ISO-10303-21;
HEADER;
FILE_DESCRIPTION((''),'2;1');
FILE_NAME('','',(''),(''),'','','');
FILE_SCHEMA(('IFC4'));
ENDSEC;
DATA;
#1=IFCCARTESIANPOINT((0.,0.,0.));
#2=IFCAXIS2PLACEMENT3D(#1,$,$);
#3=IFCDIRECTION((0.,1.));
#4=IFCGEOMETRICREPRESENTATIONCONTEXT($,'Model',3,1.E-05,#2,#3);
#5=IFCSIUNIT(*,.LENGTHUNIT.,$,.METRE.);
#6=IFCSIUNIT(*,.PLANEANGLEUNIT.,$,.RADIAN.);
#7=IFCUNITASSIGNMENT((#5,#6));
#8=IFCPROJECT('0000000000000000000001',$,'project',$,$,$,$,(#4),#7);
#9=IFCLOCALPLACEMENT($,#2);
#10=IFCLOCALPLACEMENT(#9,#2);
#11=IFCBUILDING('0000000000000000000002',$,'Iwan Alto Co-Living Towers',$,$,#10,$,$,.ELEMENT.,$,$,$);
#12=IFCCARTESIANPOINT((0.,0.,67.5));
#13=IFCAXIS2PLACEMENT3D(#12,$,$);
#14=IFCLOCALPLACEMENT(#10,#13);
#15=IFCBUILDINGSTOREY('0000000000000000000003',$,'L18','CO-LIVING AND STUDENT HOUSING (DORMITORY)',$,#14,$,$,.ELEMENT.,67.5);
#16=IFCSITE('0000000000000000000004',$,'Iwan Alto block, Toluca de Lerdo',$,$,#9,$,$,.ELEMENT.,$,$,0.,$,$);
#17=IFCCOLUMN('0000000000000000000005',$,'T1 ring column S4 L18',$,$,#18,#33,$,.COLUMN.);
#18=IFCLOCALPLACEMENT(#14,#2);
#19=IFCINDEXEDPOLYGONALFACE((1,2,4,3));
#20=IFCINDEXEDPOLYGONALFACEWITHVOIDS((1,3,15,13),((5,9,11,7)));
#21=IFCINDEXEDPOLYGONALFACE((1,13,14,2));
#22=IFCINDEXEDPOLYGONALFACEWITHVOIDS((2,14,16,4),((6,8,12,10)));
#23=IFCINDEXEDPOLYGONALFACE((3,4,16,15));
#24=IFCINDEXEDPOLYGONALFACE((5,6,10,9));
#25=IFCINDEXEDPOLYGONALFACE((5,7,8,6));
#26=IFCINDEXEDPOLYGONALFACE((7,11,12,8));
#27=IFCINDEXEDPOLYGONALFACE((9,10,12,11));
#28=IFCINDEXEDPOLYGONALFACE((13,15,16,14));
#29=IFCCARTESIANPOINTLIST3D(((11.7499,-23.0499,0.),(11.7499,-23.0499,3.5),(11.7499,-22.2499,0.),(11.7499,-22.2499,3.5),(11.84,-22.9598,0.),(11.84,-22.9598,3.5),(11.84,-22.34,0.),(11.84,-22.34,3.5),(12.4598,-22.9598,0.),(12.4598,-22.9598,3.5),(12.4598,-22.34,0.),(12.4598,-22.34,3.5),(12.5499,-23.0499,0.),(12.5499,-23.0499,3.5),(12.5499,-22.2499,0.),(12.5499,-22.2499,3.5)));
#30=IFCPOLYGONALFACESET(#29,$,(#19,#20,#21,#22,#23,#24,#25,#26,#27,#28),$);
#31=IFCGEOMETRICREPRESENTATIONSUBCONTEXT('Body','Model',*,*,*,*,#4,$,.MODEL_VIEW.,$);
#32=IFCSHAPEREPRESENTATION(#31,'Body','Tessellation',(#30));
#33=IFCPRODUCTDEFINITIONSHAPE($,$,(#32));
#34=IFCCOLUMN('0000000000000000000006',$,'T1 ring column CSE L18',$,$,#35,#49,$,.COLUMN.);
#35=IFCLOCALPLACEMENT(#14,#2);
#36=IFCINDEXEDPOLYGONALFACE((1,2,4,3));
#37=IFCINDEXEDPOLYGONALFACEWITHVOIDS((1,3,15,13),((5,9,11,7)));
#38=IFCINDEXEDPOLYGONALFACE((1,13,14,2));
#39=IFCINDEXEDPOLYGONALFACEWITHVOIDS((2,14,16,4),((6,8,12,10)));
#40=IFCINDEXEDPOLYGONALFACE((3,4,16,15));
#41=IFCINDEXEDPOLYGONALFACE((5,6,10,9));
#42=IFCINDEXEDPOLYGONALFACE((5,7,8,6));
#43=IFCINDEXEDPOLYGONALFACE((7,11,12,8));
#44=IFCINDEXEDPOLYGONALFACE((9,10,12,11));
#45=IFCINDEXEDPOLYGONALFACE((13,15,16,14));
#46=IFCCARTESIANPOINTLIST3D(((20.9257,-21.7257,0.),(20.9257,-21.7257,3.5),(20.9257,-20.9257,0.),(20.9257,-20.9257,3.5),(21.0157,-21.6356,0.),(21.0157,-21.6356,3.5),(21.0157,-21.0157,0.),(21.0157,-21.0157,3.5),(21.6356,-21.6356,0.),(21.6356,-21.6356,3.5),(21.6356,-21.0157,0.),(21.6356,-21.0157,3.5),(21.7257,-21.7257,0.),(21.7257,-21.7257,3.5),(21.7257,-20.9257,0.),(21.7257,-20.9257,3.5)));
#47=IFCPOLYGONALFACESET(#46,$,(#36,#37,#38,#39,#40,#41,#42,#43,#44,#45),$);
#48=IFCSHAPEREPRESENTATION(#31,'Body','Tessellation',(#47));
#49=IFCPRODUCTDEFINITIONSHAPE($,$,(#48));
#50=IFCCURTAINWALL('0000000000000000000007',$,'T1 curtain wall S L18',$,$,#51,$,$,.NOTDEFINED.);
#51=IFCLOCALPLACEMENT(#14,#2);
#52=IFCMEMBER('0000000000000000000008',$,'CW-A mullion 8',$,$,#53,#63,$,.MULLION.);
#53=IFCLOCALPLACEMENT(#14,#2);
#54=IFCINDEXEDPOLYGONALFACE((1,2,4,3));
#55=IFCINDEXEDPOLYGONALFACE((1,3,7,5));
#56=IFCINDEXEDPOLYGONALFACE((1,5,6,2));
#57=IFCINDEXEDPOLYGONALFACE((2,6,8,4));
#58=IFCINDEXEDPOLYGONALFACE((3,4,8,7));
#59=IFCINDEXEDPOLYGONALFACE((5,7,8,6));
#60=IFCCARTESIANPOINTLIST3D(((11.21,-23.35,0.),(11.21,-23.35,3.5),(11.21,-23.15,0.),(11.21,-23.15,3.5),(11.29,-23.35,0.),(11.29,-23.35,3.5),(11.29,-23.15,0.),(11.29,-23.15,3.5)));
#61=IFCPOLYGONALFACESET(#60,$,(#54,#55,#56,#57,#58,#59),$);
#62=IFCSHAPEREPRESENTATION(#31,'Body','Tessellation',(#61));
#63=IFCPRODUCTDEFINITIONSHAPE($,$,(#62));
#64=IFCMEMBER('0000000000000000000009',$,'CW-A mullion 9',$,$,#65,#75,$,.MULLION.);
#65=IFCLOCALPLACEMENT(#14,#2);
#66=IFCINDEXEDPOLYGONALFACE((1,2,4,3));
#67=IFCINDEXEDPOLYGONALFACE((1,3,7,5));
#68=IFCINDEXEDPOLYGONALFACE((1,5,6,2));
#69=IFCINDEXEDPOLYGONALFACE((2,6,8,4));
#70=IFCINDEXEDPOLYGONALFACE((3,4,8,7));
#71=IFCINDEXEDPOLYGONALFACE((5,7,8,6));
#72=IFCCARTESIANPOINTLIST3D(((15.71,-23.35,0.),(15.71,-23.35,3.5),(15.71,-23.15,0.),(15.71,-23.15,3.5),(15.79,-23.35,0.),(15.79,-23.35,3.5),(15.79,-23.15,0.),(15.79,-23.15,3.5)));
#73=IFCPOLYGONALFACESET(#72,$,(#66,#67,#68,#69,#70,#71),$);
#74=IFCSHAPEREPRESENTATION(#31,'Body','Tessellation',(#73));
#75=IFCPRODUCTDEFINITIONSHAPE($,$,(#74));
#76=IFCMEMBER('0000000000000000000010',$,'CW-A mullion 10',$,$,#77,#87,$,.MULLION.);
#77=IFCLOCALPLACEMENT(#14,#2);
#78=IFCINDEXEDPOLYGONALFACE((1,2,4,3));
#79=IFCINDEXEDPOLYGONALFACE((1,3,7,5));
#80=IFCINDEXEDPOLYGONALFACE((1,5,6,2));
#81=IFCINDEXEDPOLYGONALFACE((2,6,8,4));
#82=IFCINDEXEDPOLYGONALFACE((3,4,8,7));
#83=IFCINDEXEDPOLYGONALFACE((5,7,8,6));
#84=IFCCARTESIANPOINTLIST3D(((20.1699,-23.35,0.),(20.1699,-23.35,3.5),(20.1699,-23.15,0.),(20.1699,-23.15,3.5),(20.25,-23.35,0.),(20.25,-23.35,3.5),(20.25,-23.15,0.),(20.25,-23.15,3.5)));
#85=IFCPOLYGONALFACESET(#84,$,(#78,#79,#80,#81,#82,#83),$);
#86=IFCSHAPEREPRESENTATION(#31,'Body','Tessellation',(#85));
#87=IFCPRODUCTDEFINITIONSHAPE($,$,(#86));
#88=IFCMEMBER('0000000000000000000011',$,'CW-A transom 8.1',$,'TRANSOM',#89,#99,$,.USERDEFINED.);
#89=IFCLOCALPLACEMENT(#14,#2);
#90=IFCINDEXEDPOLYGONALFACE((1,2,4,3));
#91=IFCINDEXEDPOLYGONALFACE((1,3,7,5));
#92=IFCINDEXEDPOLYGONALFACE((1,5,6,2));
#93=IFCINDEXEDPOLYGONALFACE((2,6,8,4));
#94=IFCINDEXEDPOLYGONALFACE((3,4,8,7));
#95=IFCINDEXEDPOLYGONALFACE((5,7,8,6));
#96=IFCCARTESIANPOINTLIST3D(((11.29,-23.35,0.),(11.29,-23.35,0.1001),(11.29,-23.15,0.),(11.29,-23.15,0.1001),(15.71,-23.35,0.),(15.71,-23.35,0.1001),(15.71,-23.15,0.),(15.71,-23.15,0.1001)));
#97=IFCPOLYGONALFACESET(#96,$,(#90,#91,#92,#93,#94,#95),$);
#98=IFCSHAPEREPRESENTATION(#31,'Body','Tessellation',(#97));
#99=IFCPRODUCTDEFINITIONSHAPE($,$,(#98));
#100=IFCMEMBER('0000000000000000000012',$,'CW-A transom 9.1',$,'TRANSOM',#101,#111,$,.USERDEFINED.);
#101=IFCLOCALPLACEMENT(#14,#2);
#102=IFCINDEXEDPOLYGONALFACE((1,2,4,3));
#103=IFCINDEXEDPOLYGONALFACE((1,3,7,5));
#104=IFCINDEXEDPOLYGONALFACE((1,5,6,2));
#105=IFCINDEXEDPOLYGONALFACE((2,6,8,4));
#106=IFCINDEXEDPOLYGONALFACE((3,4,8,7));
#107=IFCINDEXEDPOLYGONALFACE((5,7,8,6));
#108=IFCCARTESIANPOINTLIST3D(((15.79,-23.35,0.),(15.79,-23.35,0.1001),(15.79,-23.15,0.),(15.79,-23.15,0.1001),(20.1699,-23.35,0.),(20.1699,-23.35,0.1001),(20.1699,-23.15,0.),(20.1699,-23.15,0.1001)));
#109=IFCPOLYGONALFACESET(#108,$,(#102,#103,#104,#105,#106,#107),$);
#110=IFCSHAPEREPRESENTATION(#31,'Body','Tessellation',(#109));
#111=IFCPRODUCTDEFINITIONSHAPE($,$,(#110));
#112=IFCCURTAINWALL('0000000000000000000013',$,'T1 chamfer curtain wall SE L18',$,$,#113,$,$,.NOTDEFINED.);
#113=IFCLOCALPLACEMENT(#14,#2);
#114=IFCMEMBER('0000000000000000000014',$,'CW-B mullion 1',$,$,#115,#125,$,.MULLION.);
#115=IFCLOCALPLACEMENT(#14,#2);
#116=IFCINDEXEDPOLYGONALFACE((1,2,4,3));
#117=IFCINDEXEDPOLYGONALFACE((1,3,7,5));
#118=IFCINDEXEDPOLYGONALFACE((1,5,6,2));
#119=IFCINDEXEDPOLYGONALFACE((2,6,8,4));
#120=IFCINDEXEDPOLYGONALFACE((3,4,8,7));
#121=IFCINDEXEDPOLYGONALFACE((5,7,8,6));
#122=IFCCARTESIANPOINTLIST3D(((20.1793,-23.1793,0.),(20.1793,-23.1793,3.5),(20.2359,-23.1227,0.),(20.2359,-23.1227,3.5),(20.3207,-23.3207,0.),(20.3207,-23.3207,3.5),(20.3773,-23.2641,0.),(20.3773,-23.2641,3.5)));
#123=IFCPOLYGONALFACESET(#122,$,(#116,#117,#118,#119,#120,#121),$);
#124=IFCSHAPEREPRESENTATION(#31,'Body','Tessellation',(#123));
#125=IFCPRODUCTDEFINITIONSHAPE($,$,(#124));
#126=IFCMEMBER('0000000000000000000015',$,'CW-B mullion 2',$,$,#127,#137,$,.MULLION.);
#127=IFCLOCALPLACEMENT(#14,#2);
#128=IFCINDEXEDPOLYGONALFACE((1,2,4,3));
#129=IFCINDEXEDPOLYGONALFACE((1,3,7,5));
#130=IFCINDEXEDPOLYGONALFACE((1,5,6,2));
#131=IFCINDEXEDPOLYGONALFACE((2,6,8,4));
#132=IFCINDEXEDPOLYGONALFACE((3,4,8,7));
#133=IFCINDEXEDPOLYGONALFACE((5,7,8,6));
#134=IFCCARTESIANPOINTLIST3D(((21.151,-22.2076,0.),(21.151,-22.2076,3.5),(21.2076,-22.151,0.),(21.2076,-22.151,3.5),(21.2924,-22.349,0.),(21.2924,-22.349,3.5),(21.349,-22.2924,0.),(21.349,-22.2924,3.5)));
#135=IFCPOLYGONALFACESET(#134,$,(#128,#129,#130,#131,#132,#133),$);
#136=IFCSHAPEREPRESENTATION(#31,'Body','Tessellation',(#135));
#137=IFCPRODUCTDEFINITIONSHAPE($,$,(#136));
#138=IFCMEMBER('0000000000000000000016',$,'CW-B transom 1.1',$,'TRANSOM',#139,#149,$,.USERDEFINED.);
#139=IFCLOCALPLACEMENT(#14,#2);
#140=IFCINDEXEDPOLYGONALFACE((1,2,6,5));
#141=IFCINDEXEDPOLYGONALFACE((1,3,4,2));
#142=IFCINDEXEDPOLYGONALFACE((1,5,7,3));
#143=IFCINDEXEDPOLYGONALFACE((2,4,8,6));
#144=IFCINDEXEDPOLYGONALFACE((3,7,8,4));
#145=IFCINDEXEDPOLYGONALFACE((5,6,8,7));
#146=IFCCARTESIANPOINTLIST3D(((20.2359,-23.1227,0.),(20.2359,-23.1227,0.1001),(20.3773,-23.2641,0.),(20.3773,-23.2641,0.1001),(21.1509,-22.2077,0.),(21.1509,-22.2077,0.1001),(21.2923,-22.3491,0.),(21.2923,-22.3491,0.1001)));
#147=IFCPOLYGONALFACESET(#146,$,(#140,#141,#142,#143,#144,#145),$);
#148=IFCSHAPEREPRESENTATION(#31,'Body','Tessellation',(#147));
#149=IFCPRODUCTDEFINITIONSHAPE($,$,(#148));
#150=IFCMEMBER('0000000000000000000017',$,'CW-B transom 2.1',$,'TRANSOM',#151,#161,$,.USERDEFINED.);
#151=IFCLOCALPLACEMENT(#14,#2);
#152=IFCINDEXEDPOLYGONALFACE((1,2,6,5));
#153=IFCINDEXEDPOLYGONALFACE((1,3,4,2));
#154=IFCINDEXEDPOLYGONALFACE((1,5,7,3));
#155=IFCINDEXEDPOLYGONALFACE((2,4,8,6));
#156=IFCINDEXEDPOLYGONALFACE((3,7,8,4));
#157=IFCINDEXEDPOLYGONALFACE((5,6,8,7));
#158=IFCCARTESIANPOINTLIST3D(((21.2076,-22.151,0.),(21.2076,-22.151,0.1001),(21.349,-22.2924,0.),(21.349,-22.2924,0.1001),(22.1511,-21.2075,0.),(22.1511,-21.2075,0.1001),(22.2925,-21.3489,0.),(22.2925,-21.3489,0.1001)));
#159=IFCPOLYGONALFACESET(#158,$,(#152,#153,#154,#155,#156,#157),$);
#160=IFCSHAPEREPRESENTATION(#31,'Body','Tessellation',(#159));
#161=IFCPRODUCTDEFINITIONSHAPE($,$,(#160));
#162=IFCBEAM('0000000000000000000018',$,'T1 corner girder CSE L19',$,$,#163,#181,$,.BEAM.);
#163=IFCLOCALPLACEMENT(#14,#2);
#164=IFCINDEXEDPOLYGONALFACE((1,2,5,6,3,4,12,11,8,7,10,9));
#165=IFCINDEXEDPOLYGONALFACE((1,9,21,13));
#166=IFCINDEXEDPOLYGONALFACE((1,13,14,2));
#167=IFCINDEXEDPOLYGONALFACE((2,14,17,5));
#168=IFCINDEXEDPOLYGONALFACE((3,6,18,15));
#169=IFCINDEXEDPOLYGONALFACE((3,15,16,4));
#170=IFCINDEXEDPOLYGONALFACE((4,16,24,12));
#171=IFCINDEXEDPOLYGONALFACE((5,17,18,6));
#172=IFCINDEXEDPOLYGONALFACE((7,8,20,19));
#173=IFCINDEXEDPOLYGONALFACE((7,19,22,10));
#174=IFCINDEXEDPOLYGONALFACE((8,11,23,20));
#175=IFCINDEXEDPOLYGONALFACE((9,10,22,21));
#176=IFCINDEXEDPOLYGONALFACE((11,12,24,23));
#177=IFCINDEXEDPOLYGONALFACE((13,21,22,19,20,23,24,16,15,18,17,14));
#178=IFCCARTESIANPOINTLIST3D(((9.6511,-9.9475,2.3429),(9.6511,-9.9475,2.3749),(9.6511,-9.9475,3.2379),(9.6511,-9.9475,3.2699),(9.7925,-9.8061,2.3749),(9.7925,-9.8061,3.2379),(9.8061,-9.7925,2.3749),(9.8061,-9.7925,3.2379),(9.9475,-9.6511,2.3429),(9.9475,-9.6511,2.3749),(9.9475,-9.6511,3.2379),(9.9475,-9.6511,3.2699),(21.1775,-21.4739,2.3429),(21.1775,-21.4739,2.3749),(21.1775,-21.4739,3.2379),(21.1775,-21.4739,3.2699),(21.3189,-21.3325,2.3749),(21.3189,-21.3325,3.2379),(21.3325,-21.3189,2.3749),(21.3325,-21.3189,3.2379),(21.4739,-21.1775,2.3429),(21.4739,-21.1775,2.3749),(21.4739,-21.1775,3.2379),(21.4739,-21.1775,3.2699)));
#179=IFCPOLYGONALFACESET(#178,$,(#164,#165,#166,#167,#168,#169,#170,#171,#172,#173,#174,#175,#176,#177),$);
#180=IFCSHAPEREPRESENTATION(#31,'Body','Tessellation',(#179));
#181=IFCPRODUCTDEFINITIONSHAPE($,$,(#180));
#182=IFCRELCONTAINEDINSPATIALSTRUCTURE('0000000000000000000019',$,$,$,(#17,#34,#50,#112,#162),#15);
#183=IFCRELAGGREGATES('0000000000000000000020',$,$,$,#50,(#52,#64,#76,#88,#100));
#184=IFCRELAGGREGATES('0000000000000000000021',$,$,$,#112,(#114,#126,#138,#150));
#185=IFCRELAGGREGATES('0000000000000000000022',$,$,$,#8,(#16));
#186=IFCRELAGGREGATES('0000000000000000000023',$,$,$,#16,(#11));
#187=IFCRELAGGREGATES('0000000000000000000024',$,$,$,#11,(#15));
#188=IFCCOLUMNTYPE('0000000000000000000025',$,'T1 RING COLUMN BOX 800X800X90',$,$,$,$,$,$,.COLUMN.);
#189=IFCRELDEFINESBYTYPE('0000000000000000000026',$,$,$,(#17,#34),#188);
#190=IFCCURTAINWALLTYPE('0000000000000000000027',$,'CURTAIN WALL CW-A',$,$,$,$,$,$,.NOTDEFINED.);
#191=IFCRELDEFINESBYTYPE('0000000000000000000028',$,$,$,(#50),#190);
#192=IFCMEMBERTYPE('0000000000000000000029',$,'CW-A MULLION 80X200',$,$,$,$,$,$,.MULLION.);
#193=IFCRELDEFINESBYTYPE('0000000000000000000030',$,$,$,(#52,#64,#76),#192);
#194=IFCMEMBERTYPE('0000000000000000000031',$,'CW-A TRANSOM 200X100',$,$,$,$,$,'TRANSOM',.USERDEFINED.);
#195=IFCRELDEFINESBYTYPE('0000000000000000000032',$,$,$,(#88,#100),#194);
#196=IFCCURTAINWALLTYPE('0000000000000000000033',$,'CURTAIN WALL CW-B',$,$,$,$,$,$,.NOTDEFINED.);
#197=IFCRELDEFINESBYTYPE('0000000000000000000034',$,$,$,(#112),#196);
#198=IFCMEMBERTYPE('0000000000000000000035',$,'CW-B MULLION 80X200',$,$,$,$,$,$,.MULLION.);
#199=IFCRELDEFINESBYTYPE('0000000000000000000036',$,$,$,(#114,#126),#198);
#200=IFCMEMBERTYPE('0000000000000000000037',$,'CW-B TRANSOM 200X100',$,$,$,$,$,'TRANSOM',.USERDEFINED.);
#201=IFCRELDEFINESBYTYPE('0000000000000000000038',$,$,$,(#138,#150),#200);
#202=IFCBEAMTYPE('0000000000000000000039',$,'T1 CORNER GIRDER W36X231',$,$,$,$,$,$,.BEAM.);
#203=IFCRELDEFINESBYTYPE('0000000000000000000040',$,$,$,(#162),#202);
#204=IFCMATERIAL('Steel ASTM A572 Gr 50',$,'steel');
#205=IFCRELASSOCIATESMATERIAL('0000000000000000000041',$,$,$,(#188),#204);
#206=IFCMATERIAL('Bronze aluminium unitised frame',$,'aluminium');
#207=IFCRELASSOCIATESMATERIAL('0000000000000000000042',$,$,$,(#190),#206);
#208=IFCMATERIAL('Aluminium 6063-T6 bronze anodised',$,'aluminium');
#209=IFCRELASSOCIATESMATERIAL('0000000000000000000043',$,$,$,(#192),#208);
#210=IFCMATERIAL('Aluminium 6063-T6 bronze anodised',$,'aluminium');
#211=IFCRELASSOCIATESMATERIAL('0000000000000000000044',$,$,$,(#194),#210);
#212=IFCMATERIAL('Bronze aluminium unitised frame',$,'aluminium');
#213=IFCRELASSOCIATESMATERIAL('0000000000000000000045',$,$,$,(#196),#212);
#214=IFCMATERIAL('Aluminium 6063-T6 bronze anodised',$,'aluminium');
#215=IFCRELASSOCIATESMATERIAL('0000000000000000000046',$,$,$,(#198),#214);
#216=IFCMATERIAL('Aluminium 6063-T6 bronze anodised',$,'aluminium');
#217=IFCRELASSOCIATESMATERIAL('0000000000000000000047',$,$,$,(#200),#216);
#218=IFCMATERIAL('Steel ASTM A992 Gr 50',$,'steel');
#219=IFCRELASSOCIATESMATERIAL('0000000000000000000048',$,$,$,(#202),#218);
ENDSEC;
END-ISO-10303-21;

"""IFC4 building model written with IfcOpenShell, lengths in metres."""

from ifc_helpers import new_model, si_unit, direction, frame, origin, origin_2d, place, context, subcontext, project, spatial, rectangle, hollow_rectangle, i_section, extrude, material, material_profile, profile_set, type_object, element, aggregate, save


model = new_model("IFC4")

# Units and contexts
model_context = context("Model", 3, precision=1e-05, world=origin(), true_north=direction((0.0, 1.0)))
body_context = subcontext(model_context, "Body", "Model", "MODEL_VIEW")
ifc_project = project(units=[si_unit("LENGTHUNIT", "METRE"), si_unit("PLANEANGLEUNIT", "RADIAN")], contexts=[model_context])

# Site, building, storey
site_placement = place(None, origin())
site = spatial("IfcSite", under=ifc_project, at=site_placement, Name="Iwan Alto block, Toluca de Lerdo", CompositionType="ELEMENT", RefElevation=0.0)
building_placement = place(site_placement, origin())
building = spatial("IfcBuilding", under=site, at=building_placement, Name="Iwan Alto Co-Living Towers", CompositionType="ELEMENT")
storey_placement = place(building_placement, frame((0.0, 0.0, 67.5)))
storey = spatial("IfcBuildingStorey", under=building, at=storey_placement, Name="L18", Description="CO-LIVING AND STUDENT HOUSING (DORMITORY)", CompositionType="ELEMENT", Elevation=67.5)

# Columns
ifc_material_1 = material(Name="Steel ASTM A572 Gr 50", Category="steel")
ifc_material_profile_1 = material_profile(ifc_material_1, hollow_rectangle(XDim=0.8, YDim=0.8, WallThickness=0.0901, at=origin_2d()), Name="BOX 800X800X90")
ifc_profile_set_1 = profile_set([ifc_material_profile_1], Name="Steel ASTM A572 Gr 50")
column_type = type_object("IfcColumnType", Name="T1 RING COLUMN BOX 800X800X90", PredefinedType="COLUMN", material=ifc_profile_set_1)
for number, where, z_axis, x_axis, name in (
    (1, (12.1499, -22.6499, 0.0), (0.0, 0.0, 1.0), (1.0, 0.0, 0.0), "T1 ring column S4 L18"),
    (2, (21.3257, -21.3257, 0.0), (0.0, 0.0, 1.0), (1.0, 0.0, 0.0), "T1 ring column CSE L18"),
):
    element("IfcColumn", number, at=place(storey_placement, frame(where, z_axis=z_axis, x_axis=x_axis)), inside=storey, type_object=column_type, Name=name, PredefinedType="COLUMN", context=body_context, shape_type="SweptSolid", body=[
        extrude(hollow_rectangle(XDim=0.8, YDim=0.8, WallThickness=0.0901, at=origin_2d()), origin(), (0.0, 0.0, 1.0), 3.5),
    ])

# Curtain walls, members
ifc_material_2 = material(Name="Bronze aluminium unitised frame", Category="aluminium")
curtain_wall_type_1 = type_object("IfcCurtainWallType", Name="CURTAIN WALL CW-A", PredefinedType="NOTDEFINED", material=ifc_material_2)
curtain_wall_1_placement = place(storey_placement, origin())
curtain_wall_1 = element("IfcCurtainWall", 3, at=curtain_wall_1_placement, inside=storey, type_object=curtain_wall_type_1, Name="T1 curtain wall S L18", PredefinedType="NOTDEFINED")
ifc_material_3 = material(Name="Aluminium 6063-T6 bronze anodised", Category="aluminium")
ifc_material_profile_2 = material_profile(ifc_material_3, rectangle(XDim=0.2, YDim=0.0801, at=origin_2d()), Name="AL 80X200")
ifc_profile_set_2 = profile_set([ifc_material_profile_2], Name="Aluminium 6063-T6 bronze anodised")
member_type_1 = type_object("IfcMemberType", Name="CW-A MULLION 80X200", PredefinedType="MULLION", material=ifc_profile_set_2)
member_1_placement = place(storey_placement, frame((11.25, -23.25, 0.0), z_axis=(0.0, 0.0, 1.0), x_axis=(0.0, 1.0, 0.0)))
member_1 = element("IfcMember", 4, at=member_1_placement, type_object=member_type_1, Name="CW-A mullion 8", PredefinedType="MULLION", context=body_context, shape_type="SweptSolid", body=[
    extrude(rectangle(XDim=0.2, YDim=0.0801, at=origin_2d()), origin(), (0.0, 0.0, 1.0), 3.5),
])
member_2_placement = place(storey_placement, frame((15.75, -23.25, 0.0), z_axis=(0.0, 0.0, 1.0), x_axis=(0.0, 1.0, 0.0)))
member_2 = element("IfcMember", 5, at=member_2_placement, type_object=member_type_1, Name="CW-A mullion 9", PredefinedType="MULLION", context=body_context, shape_type="SweptSolid", body=[
    extrude(rectangle(XDim=0.2, YDim=0.0801, at=origin_2d()), origin(), (0.0, 0.0, 1.0), 3.5),
])
member_3_placement = place(storey_placement, frame((20.21, -23.25, 0.0), z_axis=(0.0, 0.0, 1.0), x_axis=(0.0, 1.0, 0.0)))
member_3 = element("IfcMember", 6, at=member_3_placement, type_object=member_type_1, Name="CW-A mullion 10", PredefinedType="MULLION", context=body_context, shape_type="SweptSolid", body=[
    extrude(rectangle(XDim=0.2, YDim=0.0801, at=origin_2d()), origin(), (0.0, 0.0, 1.0), 3.5),
])
ifc_material_4 = material(Name="Aluminium 6063-T6 bronze anodised", Category="aluminium")
ifc_material_profile_3 = material_profile(ifc_material_4, rectangle(XDim=0.2, YDim=0.1001, at=origin_2d()), Name="AL 200X100")
ifc_profile_set_3 = profile_set([ifc_material_profile_3], Name="Aluminium 6063-T6 bronze anodised")
member_type_2 = type_object("IfcMemberType", Name="CW-A TRANSOM 200X100", ElementType="TRANSOM", PredefinedType="USERDEFINED", material=ifc_profile_set_3)
member_4_placement = place(storey_placement, frame((11.29, -23.25, 0.05), z_axis=(1.0, 0.0, 0.0), x_axis=(0.0, 1.0, 0.0)))
member_4 = element("IfcMember", 7, at=member_4_placement, type_object=member_type_2, Name="CW-A transom 8.1", ObjectType="TRANSOM", PredefinedType="USERDEFINED", context=body_context, shape_type="SweptSolid", body=[
    extrude(rectangle(XDim=0.2, YDim=0.1001, at=origin_2d()), origin(), (0.0, 0.0, 1.0), 4.4199),
])
member_5_placement = place(storey_placement, frame((15.79, -23.25, 0.05), z_axis=(1.0, 0.0, 0.0), x_axis=(0.0, 1.0, 0.0)))
member_5 = element("IfcMember", 8, at=member_5_placement, type_object=member_type_2, Name="CW-A transom 9.1", ObjectType="TRANSOM", PredefinedType="USERDEFINED", context=body_context, shape_type="SweptSolid", body=[
    extrude(rectangle(XDim=0.2, YDim=0.1001, at=origin_2d()), origin(), (0.0, 0.0, 1.0), 4.3799),
])
ifc_material_5 = material(Name="Bronze aluminium unitised frame", Category="aluminium")
curtain_wall_type_2 = type_object("IfcCurtainWallType", Name="CURTAIN WALL CW-B", PredefinedType="NOTDEFINED", material=ifc_material_5)
curtain_wall_2_placement = place(storey_placement, origin())
curtain_wall_2 = element("IfcCurtainWall", 9, at=curtain_wall_2_placement, inside=storey, type_object=curtain_wall_type_2, Name="T1 chamfer curtain wall SE L18", PredefinedType="NOTDEFINED")
ifc_material_6 = material(Name="Aluminium 6063-T6 bronze anodised", Category="aluminium")
ifc_material_profile_4 = material_profile(ifc_material_6, rectangle(XDim=0.2, YDim=0.0801, at=origin_2d()), Name="AL 80X200")
ifc_profile_set_4 = profile_set([ifc_material_profile_4], Name="Aluminium 6063-T6 bronze anodised")
member_type_3 = type_object("IfcMemberType", Name="CW-B MULLION 80X200", PredefinedType="MULLION", material=ifc_profile_set_4)
member_6_placement = place(storey_placement, frame((20.2783, -23.2217, 0.0), z_axis=(0.0, 0.0, 1.0), x_axis=(-0.707107, 0.707107, 0.0)))
member_6 = element("IfcMember", 10, at=member_6_placement, type_object=member_type_3, Name="CW-B mullion 1", PredefinedType="MULLION", context=body_context, shape_type="SweptSolid", body=[
    extrude(rectangle(XDim=0.2, YDim=0.0801, at=origin_2d()), origin(), (0.0, 0.0, 1.0), 3.5),
])
member_7_placement = place(storey_placement, frame((21.25, -22.25, 0.0), z_axis=(0.0, 0.0, 1.0), x_axis=(-0.707107, 0.707107, 0.0)))
member_7 = element("IfcMember", 11, at=member_7_placement, type_object=member_type_3, Name="CW-B mullion 2", PredefinedType="MULLION", context=body_context, shape_type="SweptSolid", body=[
    extrude(rectangle(XDim=0.2, YDim=0.0801, at=origin_2d()), origin(), (0.0, 0.0, 1.0), 3.5),
])
ifc_material_7 = material(Name="Aluminium 6063-T6 bronze anodised", Category="aluminium")
ifc_material_profile_5 = material_profile(ifc_material_7, rectangle(XDim=0.2, YDim=0.1001, at=origin_2d()), Name="AL 200X100")
ifc_profile_set_5 = profile_set([ifc_material_profile_5], Name="Aluminium 6063-T6 bronze anodised")
member_type_4 = type_object("IfcMemberType", Name="CW-B TRANSOM 200X100", ElementType="TRANSOM", PredefinedType="USERDEFINED", material=ifc_profile_set_5)
member_8_placement = place(storey_placement, frame((20.3066, -23.1934, 0.05), z_axis=(0.707107, 0.707107, 0.0), x_axis=(-0.707107, 0.707107, 0.0)))
member_8 = element("IfcMember", 12, at=member_8_placement, type_object=member_type_4, Name="CW-B transom 1.1", ObjectType="TRANSOM", PredefinedType="USERDEFINED", context=body_context, shape_type="SweptSolid", body=[
    extrude(rectangle(XDim=0.2, YDim=0.1001, at=origin_2d()), origin(), (0.0, 0.0, 1.0), 1.2939),
])
member_9_placement = place(storey_placement, frame((21.2783, -22.2217, 0.05), z_axis=(0.707107, 0.707107, 0.0), x_axis=(-0.707107, 0.707107, 0.0)))
member_9 = element("IfcMember", 13, at=member_9_placement, type_object=member_type_4, Name="CW-B transom 2.1", ObjectType="TRANSOM", PredefinedType="USERDEFINED", context=body_context, shape_type="SweptSolid", body=[
    extrude(rectangle(XDim=0.2, YDim=0.1001, at=origin_2d()), origin(), (0.0, 0.0, 1.0), 1.3342),
])

# Beam
ifc_material_8 = material(Name="Steel ASTM A992 Gr 50", Category="steel")
ifc_material_profile_6 = material_profile(ifc_material_8, i_section(OverallWidth=0.4192, OverallDepth=0.927, WebThickness=0.0193, FlangeThickness=0.032, at=origin_2d()), Name="W36X231")
ifc_profile_set_6 = profile_set([ifc_material_profile_6], Name="Steel ASTM A992 Gr 50")
beam_type_1 = type_object("IfcBeamType", Name="T1 CORNER GIRDER W36X231", PredefinedType="BEAM", material=ifc_profile_set_6)
beam_1_placement = place(storey_placement, frame((21.3257, -21.3257, 2.8064), z_axis=(-0.707107, 0.707107, 0.0), x_axis=(-0.707107, -0.707107, 0.0)))
element("IfcBeam", 14, at=beam_1_placement, inside=storey, type_object=beam_type_1, Name="T1 corner girder CSE L19", PredefinedType="BEAM", context=body_context, shape_type="SweptSolid", body=[
    extrude(i_section(OverallWidth=0.4192, OverallDepth=0.927, WebThickness=0.0193, FlangeThickness=0.032, at=origin_2d()), origin(), (0.0, 0.0, 1.0), 16.3008),
])

aggregate(curtain_wall_1, [member_1, member_2, member_3, member_4, member_5])
aggregate(curtain_wall_2, [member_6, member_7, member_8, member_9])

save(model, "model.ifc")
